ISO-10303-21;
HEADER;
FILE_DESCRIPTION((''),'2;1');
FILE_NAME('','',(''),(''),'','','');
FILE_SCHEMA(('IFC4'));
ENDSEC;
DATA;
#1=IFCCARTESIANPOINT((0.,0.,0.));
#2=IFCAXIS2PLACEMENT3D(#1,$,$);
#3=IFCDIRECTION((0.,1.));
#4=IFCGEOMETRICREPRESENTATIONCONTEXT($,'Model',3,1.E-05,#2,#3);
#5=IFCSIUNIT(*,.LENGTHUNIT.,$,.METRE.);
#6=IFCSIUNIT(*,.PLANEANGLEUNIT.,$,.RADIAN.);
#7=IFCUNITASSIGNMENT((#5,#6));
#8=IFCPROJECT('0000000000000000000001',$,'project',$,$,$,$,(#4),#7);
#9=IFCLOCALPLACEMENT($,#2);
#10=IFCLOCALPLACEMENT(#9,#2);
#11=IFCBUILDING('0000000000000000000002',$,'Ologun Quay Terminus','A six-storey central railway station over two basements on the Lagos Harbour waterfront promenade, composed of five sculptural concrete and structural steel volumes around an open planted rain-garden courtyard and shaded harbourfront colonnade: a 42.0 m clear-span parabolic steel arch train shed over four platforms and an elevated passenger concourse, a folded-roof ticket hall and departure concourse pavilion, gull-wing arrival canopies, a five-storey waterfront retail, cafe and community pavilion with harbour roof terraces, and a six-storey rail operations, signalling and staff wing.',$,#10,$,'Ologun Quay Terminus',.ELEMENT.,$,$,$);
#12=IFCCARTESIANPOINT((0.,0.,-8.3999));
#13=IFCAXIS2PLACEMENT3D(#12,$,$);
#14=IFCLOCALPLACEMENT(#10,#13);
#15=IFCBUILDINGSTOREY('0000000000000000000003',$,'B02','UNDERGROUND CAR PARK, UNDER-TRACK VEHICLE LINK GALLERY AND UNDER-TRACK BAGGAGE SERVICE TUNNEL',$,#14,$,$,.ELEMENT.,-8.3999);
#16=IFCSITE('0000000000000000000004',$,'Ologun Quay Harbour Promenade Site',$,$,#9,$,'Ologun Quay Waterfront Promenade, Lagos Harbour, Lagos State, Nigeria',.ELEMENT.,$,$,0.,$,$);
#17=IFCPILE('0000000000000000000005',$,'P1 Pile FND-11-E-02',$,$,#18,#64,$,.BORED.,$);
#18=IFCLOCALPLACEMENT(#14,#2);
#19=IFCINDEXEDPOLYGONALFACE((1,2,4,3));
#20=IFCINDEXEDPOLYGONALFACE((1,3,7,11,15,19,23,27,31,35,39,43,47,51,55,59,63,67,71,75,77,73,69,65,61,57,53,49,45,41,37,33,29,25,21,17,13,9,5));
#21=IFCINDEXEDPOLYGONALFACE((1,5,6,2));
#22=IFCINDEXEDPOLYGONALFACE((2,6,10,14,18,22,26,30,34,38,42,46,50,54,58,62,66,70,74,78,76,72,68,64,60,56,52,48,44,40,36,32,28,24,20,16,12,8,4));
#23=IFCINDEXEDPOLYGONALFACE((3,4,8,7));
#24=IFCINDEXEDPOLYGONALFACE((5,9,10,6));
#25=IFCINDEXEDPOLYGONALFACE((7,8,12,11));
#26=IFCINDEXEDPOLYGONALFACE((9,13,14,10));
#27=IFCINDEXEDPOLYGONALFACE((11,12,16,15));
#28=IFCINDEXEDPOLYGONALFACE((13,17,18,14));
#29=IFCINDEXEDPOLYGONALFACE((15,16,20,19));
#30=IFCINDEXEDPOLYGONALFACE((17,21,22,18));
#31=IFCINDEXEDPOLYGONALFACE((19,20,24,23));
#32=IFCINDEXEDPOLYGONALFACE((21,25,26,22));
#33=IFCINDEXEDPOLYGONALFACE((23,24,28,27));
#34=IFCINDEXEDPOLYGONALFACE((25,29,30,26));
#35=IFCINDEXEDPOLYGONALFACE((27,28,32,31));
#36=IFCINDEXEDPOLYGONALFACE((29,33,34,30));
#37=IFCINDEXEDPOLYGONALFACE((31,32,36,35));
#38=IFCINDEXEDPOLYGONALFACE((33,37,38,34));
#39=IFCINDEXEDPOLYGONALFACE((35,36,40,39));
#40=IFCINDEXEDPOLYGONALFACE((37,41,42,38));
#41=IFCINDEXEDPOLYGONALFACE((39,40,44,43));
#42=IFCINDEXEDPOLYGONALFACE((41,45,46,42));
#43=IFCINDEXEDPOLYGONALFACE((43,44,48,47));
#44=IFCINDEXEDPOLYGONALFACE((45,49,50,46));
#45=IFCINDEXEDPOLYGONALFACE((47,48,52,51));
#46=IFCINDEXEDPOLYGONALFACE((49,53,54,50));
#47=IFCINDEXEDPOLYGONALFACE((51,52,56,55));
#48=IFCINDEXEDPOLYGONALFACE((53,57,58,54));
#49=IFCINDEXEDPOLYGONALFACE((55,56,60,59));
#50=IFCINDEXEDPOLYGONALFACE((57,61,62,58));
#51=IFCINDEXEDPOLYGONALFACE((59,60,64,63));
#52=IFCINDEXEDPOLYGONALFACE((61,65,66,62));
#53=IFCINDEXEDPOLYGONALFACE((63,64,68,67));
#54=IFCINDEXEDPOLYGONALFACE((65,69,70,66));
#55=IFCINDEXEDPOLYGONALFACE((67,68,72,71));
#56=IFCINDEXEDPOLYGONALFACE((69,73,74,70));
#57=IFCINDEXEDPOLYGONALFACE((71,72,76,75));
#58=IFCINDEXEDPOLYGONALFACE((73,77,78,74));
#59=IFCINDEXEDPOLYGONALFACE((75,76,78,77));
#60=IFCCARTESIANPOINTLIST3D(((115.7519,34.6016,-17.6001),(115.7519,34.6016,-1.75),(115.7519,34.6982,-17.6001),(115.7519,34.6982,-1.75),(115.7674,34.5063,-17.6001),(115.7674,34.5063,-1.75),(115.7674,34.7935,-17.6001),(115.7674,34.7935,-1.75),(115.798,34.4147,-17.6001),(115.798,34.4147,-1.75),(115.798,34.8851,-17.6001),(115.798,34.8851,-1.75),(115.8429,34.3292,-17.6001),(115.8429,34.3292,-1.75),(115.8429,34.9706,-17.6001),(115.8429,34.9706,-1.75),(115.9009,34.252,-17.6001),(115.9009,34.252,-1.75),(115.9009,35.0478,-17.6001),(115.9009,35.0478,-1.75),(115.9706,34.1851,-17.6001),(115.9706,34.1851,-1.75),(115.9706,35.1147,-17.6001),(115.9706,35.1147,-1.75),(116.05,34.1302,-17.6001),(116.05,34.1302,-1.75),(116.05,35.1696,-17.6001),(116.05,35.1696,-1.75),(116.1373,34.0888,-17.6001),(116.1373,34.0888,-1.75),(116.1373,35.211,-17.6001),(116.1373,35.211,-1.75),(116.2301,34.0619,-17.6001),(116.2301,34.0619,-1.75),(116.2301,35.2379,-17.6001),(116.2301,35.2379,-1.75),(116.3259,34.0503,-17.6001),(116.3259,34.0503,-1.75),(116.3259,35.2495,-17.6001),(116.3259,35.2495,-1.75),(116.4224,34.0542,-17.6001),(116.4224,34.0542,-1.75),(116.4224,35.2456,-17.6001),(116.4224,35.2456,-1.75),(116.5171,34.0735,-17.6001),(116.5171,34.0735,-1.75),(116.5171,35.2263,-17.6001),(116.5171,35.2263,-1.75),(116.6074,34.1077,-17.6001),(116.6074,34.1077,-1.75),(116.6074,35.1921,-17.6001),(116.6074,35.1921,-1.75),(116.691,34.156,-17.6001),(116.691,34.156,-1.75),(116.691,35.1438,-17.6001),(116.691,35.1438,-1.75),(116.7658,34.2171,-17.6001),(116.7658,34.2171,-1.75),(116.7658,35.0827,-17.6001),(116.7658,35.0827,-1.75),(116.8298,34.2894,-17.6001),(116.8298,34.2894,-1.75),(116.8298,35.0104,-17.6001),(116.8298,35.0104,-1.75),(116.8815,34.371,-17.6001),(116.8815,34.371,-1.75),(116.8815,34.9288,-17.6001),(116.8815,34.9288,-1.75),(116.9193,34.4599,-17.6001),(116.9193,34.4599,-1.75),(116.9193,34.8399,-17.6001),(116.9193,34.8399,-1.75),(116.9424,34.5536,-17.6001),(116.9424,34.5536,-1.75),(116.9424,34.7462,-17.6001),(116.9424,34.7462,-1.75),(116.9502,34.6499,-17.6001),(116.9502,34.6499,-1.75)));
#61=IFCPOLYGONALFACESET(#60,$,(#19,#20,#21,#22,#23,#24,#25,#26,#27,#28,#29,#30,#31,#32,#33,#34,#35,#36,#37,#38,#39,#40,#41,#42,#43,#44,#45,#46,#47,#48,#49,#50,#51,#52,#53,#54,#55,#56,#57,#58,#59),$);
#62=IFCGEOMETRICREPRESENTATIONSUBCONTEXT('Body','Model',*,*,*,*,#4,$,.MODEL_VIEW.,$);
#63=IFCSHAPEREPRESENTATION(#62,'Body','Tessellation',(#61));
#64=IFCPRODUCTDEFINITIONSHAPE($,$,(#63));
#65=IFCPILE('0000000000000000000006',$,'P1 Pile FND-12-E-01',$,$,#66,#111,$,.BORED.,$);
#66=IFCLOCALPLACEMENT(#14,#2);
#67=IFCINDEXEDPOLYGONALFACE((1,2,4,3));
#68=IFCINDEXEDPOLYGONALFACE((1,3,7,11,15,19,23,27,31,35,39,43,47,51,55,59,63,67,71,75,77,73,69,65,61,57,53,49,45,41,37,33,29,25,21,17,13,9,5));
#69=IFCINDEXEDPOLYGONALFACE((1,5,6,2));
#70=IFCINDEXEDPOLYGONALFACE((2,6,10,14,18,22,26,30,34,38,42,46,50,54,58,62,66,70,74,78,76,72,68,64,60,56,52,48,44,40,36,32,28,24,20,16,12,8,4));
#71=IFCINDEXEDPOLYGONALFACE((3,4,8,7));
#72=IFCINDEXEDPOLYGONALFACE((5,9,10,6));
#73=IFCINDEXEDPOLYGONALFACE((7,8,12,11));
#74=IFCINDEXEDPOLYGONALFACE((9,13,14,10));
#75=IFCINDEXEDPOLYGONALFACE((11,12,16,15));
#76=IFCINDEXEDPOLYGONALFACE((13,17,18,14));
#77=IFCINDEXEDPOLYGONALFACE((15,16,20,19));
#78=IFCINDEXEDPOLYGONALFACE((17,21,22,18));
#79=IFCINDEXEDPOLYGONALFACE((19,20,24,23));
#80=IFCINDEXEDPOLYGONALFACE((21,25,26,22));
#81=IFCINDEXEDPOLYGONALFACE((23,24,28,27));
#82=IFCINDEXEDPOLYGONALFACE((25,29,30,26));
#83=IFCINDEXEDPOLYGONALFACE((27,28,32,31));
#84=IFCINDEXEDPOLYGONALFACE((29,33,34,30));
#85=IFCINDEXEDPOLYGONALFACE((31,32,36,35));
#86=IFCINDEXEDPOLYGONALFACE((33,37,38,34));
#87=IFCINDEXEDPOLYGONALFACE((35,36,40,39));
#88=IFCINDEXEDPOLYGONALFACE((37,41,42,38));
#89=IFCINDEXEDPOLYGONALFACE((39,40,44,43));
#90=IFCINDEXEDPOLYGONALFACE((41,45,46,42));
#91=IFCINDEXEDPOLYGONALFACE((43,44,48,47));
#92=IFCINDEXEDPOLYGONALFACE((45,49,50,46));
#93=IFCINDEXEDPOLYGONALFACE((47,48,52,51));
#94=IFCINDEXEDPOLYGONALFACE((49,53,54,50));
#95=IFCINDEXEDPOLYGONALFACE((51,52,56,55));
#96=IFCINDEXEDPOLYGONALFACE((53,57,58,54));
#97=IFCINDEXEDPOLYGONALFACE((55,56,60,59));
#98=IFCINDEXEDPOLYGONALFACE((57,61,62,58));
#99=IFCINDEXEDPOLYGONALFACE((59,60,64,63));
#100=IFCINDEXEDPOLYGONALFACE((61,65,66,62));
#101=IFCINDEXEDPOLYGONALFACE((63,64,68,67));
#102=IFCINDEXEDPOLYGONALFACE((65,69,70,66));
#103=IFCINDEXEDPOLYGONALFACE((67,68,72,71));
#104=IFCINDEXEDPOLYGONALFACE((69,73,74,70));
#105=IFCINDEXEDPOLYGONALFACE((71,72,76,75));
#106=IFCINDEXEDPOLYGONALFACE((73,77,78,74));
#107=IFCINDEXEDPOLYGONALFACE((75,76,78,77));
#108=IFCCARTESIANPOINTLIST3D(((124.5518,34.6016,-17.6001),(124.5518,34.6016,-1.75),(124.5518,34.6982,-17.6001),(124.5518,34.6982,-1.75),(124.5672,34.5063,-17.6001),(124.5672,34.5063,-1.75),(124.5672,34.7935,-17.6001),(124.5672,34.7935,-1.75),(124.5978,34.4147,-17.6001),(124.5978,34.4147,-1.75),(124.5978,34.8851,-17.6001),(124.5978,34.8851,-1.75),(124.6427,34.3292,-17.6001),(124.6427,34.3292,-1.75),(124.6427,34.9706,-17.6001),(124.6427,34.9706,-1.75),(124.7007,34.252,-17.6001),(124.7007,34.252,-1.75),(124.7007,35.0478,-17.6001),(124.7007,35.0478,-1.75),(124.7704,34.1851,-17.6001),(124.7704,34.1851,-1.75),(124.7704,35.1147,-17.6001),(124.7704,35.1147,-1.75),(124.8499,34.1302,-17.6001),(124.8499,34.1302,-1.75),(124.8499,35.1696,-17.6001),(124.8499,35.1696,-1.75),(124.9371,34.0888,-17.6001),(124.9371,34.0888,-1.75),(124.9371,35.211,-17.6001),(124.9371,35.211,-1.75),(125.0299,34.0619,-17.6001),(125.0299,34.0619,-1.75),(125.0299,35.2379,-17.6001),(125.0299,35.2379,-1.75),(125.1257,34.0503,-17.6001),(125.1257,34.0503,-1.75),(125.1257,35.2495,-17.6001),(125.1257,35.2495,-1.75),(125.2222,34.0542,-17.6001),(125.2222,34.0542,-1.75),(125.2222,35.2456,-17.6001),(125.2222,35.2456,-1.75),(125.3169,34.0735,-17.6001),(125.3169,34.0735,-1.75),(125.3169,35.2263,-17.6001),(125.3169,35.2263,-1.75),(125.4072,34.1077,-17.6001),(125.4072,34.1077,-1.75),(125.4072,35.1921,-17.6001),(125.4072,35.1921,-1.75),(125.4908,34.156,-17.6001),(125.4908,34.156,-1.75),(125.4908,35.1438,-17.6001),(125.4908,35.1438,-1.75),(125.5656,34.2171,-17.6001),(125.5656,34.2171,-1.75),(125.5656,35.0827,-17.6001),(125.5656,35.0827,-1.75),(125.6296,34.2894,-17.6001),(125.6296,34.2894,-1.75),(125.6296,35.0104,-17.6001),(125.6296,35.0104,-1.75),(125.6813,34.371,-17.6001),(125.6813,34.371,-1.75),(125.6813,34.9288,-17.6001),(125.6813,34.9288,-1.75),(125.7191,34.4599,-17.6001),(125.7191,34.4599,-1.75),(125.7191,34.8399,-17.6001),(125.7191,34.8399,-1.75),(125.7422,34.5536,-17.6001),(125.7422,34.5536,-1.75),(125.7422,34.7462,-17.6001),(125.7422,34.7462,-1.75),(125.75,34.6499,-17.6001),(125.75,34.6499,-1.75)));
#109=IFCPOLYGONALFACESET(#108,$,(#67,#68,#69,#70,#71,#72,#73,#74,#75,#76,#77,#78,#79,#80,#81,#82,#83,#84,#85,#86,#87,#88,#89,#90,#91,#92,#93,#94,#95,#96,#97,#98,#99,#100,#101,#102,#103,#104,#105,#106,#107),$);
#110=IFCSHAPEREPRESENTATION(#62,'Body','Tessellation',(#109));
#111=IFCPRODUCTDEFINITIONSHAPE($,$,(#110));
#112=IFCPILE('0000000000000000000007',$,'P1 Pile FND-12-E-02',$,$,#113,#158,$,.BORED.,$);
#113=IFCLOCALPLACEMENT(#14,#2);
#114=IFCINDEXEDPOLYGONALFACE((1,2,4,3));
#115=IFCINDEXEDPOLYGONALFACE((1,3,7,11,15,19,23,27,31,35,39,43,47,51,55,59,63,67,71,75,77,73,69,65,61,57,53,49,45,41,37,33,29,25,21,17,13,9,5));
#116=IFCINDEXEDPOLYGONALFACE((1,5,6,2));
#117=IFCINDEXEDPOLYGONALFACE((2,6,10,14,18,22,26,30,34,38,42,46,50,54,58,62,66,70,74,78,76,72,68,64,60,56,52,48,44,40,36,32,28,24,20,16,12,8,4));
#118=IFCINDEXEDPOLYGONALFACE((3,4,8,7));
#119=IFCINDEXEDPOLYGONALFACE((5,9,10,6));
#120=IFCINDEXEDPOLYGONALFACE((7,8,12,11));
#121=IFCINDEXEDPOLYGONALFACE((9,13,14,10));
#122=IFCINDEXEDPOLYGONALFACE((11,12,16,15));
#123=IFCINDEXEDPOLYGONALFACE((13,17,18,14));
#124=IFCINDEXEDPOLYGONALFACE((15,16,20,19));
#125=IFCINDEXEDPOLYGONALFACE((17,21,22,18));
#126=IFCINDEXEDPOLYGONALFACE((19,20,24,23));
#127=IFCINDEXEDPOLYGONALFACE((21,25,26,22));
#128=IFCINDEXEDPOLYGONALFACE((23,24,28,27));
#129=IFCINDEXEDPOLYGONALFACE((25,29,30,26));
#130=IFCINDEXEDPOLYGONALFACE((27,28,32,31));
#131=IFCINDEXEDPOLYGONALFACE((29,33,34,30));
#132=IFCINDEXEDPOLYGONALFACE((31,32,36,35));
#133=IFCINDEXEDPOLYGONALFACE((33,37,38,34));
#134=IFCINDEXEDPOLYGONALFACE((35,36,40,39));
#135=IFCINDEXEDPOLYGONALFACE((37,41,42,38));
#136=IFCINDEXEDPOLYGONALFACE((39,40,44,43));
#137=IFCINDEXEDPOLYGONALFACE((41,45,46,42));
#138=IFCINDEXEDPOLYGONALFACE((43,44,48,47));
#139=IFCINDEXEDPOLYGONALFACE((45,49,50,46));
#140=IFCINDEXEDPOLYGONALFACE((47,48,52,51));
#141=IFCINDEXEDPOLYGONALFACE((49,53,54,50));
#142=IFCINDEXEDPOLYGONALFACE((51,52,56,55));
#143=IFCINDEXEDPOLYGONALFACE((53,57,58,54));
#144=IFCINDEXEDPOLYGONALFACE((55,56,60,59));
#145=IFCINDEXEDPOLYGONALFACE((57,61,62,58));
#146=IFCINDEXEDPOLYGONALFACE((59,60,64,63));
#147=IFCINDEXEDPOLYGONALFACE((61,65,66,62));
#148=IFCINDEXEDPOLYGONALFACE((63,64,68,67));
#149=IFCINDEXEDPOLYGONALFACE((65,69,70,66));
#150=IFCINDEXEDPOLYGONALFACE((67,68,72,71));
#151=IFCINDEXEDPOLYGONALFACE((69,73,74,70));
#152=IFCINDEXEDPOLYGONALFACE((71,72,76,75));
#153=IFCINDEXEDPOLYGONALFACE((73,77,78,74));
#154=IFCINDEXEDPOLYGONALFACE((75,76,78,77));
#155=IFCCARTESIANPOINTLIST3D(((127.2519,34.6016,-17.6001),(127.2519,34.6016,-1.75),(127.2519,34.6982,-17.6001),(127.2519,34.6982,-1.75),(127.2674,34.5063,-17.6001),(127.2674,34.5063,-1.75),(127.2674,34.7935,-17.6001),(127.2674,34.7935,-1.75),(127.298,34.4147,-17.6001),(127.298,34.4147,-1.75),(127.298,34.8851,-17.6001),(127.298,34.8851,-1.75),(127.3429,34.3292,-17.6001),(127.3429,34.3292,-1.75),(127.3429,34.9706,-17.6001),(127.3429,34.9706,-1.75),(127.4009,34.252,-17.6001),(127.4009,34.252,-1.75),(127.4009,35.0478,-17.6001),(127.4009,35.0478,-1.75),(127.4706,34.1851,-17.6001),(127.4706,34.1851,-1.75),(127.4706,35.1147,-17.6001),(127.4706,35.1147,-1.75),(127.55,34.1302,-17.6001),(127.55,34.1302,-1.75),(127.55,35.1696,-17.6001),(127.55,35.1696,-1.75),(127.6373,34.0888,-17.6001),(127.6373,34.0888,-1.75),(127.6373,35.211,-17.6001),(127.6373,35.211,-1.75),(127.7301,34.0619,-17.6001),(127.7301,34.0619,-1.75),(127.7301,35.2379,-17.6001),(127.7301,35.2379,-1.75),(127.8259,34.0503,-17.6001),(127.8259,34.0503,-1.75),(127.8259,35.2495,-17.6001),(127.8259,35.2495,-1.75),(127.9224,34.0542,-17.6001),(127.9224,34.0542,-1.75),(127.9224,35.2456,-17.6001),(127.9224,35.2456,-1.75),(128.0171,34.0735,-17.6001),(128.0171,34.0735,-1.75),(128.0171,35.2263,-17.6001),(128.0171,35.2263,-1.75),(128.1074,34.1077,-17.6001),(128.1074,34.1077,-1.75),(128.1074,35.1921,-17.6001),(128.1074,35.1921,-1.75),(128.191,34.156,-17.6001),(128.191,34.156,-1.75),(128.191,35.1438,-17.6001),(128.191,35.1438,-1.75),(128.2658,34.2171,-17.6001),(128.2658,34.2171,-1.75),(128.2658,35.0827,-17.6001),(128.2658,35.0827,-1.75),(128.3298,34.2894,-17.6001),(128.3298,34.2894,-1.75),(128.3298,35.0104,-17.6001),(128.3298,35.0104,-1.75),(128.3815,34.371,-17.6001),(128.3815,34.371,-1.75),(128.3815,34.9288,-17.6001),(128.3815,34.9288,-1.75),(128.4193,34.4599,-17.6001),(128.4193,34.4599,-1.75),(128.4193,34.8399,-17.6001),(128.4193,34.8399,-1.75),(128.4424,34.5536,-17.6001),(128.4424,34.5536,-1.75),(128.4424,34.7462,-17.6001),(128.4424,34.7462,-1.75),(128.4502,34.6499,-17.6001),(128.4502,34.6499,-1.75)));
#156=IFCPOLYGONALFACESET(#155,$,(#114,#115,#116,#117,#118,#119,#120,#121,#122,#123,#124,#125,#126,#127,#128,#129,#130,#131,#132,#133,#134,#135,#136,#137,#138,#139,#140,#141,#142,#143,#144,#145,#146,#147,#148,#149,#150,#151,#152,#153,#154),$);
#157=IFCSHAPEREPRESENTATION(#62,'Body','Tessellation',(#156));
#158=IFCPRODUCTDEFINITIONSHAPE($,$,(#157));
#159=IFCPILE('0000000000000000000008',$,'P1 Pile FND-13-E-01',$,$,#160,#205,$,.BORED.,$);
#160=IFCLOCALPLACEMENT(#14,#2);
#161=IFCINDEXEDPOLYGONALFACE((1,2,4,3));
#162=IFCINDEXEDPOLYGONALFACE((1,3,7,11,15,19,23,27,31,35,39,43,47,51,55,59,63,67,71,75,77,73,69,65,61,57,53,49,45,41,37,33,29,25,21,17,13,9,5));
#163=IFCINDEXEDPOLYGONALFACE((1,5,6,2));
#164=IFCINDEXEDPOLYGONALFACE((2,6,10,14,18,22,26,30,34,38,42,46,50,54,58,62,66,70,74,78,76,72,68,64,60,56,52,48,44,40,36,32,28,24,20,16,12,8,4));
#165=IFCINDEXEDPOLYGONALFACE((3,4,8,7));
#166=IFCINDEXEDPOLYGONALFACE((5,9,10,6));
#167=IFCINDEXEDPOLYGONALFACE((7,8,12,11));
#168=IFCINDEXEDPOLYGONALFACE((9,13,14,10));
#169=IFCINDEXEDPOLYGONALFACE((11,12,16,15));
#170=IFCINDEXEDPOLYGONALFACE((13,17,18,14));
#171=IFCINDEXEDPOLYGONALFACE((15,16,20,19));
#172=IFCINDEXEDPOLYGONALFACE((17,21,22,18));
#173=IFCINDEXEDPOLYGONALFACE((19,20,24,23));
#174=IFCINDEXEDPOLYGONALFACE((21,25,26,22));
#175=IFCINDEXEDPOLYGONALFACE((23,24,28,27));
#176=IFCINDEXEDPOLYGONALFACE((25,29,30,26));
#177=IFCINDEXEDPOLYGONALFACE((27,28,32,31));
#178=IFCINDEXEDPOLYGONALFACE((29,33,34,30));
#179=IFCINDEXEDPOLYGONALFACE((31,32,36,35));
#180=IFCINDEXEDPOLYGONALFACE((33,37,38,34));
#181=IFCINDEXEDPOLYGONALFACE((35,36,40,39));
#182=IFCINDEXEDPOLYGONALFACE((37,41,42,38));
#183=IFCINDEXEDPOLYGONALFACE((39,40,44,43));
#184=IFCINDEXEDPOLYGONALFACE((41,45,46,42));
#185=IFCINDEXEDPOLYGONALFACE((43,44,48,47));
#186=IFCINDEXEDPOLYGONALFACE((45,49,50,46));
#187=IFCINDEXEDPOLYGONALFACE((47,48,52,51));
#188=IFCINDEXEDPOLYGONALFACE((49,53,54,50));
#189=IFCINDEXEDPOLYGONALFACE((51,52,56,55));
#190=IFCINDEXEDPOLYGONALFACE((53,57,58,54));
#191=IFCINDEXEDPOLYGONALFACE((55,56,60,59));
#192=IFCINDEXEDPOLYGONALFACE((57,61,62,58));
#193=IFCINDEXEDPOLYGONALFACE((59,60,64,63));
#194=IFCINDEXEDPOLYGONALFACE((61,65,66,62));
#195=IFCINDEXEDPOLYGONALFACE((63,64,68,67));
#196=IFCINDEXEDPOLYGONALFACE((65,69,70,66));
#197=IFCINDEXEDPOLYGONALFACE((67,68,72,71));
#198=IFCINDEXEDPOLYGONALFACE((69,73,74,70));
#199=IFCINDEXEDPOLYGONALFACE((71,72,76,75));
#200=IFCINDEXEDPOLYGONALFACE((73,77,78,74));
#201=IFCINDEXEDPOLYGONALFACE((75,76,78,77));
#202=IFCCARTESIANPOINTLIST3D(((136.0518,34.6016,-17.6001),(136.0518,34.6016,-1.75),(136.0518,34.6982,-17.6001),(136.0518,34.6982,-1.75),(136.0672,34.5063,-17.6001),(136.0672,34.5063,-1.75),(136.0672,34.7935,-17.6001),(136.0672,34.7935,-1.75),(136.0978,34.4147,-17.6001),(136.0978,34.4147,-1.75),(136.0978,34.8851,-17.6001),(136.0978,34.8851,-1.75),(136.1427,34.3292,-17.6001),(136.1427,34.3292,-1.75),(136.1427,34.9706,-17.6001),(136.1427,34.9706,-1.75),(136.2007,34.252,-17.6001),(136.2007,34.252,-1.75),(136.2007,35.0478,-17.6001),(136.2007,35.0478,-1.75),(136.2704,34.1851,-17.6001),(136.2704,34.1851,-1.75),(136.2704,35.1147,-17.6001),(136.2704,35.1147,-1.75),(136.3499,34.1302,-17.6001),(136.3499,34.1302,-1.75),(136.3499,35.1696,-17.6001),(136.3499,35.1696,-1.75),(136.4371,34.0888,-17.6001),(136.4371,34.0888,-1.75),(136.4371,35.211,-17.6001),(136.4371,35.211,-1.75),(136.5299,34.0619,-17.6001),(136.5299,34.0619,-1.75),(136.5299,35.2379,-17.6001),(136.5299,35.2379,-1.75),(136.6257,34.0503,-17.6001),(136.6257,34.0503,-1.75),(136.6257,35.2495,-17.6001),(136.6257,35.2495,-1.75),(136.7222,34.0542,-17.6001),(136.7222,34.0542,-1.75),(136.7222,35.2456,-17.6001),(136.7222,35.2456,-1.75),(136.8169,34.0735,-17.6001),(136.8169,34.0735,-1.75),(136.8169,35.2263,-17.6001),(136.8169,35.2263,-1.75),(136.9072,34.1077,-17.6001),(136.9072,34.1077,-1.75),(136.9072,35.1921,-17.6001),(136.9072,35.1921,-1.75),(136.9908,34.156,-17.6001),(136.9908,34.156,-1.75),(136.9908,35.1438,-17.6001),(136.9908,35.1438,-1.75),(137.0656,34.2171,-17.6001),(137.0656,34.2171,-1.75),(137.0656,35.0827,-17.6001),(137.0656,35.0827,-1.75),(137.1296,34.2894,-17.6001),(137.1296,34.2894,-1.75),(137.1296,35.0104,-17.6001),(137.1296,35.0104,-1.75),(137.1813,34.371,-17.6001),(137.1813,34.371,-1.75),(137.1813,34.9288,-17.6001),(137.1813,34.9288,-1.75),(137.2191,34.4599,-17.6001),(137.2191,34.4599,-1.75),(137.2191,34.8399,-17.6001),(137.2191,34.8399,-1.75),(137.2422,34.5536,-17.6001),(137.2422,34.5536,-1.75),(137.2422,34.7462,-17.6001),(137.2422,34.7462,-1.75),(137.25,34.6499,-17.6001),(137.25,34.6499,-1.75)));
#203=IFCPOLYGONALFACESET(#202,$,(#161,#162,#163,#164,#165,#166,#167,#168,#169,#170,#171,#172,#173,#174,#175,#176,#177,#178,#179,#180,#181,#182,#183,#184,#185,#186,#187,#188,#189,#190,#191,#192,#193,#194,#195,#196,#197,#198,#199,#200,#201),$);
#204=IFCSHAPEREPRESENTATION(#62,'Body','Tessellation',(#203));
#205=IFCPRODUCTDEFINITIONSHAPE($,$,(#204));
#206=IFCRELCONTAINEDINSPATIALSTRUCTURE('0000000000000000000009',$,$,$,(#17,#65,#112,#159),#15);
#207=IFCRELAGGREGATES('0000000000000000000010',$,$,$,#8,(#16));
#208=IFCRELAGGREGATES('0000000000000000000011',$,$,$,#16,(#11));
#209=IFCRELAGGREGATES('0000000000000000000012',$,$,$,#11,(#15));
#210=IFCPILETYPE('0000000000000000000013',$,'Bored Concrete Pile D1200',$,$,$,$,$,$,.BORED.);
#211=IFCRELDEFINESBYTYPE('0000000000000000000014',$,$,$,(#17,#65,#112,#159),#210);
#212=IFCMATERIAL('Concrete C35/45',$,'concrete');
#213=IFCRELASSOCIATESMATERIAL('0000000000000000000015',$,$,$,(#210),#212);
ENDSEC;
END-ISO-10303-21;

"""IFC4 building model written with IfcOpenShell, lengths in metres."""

from ifc_helpers import new_model, si_unit, direction, frame, origin, origin_2d, place, context, subcontext, project, spatial, circle, extrude, material, material_profile, profile_set, type_object, element, save


model = new_model("IFC4")

# Units and contexts
model_context = context("Model", 3, precision=1e-05, world=origin(), true_north=direction((0.0, 1.0)))
body_context = subcontext(model_context, "Body", "Model", "MODEL_VIEW")
ifc_project = project(units=[si_unit("LENGTHUNIT", "METRE"), si_unit("PLANEANGLEUNIT", "RADIAN")], contexts=[model_context])

# Site, building, storey
site_placement = place(None, origin())
site = spatial("IfcSite", under=ifc_project, at=site_placement, Name="Ologun Quay Harbour Promenade Site", LongName="Ologun Quay Waterfront Promenade, Lagos Harbour, Lagos State, Nigeria", CompositionType="ELEMENT", RefElevation=0.0)
building_placement = place(site_placement, origin())
building = spatial("IfcBuilding", under=site, at=building_placement, Name="Ologun Quay Terminus", Description="A six-storey central railway station over two basements on the Lagos Harbour waterfront promenade, composed of five sculptural concrete and structural steel volumes around an open planted rain-garden courtyard and shaded harbourfront colonnade: a 42.0 m clear-span parabolic steel arch train shed over four platforms and an elevated passenger concourse, a folded-roof ticket hall and departure concourse pavilion, gull-wing arrival canopies, a five-storey waterfront retail, cafe and community pavilion with harbour roof terraces, and a six-storey rail operations, signalling and staff wing.", LongName="Ologun Quay Terminus", CompositionType="ELEMENT")
storey_placement = place(building_placement, frame((0.0, 0.0, -8.3999)))
storey = spatial("IfcBuildingStorey", under=building, at=storey_placement, Name="B02", Description="UNDERGROUND CAR PARK, UNDER-TRACK VEHICLE LINK GALLERY AND UNDER-TRACK BAGGAGE SERVICE TUNNEL", CompositionType="ELEMENT", Elevation=-8.3999)

# Piles
ifc_material_1 = material(Name="Concrete C35/45", Category="concrete")
ifc_material_profile_1 = material_profile(ifc_material_1, circle(Radius=0.6001, at=origin_2d()), Name="PILE D1200")
ifc_profile_set_1 = profile_set([ifc_material_profile_1], Name="Concrete C35/45")
pile_type_1 = type_object("IfcPileType", Name="Bored Concrete Pile D1200", PredefinedType="BORED", material=ifc_profile_set_1)
for number, where, z_axis, x_axis, name in (
    (1, (116.3501, 34.6499, -1.75), (0.0, 0.0, -1.0), (1.0, 0.0, 0.0), "P1 Pile FND-11-E-02"),
    (2, (125.1499, 34.6499, -1.75), (0.0, 0.0, -1.0), (1.0, 0.0, 0.0), "P1 Pile FND-12-E-01"),
    (3, (127.8501, 34.6499, -1.75), (0.0, 0.0, -1.0), (1.0, 0.0, 0.0), "P1 Pile FND-12-E-02"),
    (4, (136.6499, 34.6499, -1.75), (0.0, 0.0, -1.0), (1.0, 0.0, 0.0), "P1 Pile FND-13-E-01"),
):
    element("IfcPile", number, at=place(storey_placement, frame(where, z_axis=z_axis, x_axis=x_axis)), inside=storey, type_object=pile_type_1, Name=name, PredefinedType="BORED", context=body_context, shape_type="SweptSolid", body=[
        extrude(circle(Radius=0.6001, at=origin_2d()), origin(), (0.0, 0.0, 1.0), 15.8501),
    ])

save(model, "model.ifc")
